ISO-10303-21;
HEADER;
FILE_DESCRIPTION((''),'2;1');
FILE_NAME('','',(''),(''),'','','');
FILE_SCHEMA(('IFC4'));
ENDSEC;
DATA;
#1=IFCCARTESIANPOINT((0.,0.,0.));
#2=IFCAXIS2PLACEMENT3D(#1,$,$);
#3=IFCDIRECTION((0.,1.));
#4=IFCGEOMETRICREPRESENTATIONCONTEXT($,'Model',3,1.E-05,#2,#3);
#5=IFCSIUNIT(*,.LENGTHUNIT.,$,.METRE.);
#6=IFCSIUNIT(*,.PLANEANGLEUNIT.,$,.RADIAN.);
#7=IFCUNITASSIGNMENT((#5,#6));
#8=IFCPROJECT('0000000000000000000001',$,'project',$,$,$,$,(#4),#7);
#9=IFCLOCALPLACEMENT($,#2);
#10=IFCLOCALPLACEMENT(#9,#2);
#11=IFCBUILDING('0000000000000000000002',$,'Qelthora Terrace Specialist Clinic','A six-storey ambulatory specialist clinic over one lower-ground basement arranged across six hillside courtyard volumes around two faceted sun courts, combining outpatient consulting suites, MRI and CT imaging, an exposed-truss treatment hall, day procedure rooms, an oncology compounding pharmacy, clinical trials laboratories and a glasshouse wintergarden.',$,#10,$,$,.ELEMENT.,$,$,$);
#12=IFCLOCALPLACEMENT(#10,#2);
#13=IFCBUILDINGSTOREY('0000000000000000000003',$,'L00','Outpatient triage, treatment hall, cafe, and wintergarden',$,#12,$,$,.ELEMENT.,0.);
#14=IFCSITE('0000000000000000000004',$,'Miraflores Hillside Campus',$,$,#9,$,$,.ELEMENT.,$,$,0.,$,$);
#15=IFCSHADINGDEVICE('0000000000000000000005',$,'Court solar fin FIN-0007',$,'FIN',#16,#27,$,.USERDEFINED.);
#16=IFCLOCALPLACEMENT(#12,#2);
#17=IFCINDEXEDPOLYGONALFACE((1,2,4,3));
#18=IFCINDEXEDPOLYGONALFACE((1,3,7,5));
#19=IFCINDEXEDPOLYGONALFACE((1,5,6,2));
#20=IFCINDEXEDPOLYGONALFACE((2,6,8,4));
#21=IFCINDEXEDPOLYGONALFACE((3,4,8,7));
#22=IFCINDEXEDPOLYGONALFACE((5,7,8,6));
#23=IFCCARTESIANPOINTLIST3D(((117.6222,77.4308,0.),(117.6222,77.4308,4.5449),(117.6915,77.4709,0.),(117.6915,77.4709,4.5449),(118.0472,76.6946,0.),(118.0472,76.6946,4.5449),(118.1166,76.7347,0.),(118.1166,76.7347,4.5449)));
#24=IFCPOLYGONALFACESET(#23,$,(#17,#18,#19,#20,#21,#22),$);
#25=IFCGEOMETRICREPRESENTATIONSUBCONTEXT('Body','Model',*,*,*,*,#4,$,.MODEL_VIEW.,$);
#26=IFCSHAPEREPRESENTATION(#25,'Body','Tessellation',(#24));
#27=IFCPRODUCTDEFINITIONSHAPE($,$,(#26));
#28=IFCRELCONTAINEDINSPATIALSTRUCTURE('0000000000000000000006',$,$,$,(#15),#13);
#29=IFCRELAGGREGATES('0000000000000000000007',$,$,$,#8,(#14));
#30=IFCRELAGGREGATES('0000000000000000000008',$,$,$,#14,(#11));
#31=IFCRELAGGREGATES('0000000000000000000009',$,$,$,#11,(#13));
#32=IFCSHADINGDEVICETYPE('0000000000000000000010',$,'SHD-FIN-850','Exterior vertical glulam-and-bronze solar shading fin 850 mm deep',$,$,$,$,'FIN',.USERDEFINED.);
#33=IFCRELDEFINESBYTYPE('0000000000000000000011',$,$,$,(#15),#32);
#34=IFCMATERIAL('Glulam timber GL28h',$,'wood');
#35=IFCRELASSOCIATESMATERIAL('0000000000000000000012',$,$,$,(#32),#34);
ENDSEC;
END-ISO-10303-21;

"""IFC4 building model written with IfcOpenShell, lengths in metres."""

from ifc_helpers import new_model, si_unit, direction, frame, origin, origin_2d, place, context, subcontext, project, spatial, rectangle, extrude, material, type_object, element, save


model = new_model("IFC4")

# Units and contexts
model_context = context("Model", 3, precision=1e-05, world=origin(), true_north=direction((0.0, 1.0)))
body_context = subcontext(model_context, "Body", "Model", "MODEL_VIEW")
ifc_project = project(units=[si_unit("LENGTHUNIT", "METRE"), si_unit("PLANEANGLEUNIT", "RADIAN")], contexts=[model_context])

# Site, building, storey
site_placement = place(None, origin())
site = spatial("IfcSite", under=ifc_project, at=site_placement, Name="Miraflores Hillside Campus", CompositionType="ELEMENT", RefElevation=0.0)
building_placement = place(site_placement, origin())
building = spatial("IfcBuilding", under=site, at=building_placement, Name="Qelthora Terrace Specialist Clinic", Description="A six-storey ambulatory specialist clinic over one lower-ground basement arranged across six hillside courtyard volumes around two faceted sun courts, combining outpatient consulting suites, MRI and CT imaging, an exposed-truss treatment hall, day procedure rooms, an oncology compounding pharmacy, clinical trials laboratories and a glasshouse wintergarden.", CompositionType="ELEMENT")
storey_placement = place(building_placement, origin())
storey = spatial("IfcBuildingStorey", under=building, at=storey_placement, Name="L00", Description="Outpatient triage, treatment hall, cafe, and wintergarden", CompositionType="ELEMENT", Elevation=0.0)

# Shading device
ifc_material_1 = material(Name="Glulam timber GL28h", Category="wood")
shading_device_type = type_object("IfcShadingDeviceType", Name="SHD-FIN-850", Description="Exterior vertical glulam-and-bronze solar shading fin 850 mm deep", ElementType="FIN", PredefinedType="USERDEFINED", material=ifc_material_1)
shading_device_placement = place(storey_placement, frame((117.8694, 77.0828, 0.0), z_axis=(0.0, 0.0, 1.0), x_axis=(0.5, -0.866025, 0.0)))
element("IfcShadingDevice", 1, at=shading_device_placement, inside=storey, type_object=shading_device_type, Name="Court solar fin FIN-0007", ObjectType="FIN", PredefinedType="USERDEFINED", context=body_context, shape_type="SweptSolid", body=[
    extrude(rectangle(XDim=0.8501, YDim=0.0801, at=origin_2d()), origin(), (0.0, 0.0, 1.0), 4.5449),
])

save(model, "model.ifc")
